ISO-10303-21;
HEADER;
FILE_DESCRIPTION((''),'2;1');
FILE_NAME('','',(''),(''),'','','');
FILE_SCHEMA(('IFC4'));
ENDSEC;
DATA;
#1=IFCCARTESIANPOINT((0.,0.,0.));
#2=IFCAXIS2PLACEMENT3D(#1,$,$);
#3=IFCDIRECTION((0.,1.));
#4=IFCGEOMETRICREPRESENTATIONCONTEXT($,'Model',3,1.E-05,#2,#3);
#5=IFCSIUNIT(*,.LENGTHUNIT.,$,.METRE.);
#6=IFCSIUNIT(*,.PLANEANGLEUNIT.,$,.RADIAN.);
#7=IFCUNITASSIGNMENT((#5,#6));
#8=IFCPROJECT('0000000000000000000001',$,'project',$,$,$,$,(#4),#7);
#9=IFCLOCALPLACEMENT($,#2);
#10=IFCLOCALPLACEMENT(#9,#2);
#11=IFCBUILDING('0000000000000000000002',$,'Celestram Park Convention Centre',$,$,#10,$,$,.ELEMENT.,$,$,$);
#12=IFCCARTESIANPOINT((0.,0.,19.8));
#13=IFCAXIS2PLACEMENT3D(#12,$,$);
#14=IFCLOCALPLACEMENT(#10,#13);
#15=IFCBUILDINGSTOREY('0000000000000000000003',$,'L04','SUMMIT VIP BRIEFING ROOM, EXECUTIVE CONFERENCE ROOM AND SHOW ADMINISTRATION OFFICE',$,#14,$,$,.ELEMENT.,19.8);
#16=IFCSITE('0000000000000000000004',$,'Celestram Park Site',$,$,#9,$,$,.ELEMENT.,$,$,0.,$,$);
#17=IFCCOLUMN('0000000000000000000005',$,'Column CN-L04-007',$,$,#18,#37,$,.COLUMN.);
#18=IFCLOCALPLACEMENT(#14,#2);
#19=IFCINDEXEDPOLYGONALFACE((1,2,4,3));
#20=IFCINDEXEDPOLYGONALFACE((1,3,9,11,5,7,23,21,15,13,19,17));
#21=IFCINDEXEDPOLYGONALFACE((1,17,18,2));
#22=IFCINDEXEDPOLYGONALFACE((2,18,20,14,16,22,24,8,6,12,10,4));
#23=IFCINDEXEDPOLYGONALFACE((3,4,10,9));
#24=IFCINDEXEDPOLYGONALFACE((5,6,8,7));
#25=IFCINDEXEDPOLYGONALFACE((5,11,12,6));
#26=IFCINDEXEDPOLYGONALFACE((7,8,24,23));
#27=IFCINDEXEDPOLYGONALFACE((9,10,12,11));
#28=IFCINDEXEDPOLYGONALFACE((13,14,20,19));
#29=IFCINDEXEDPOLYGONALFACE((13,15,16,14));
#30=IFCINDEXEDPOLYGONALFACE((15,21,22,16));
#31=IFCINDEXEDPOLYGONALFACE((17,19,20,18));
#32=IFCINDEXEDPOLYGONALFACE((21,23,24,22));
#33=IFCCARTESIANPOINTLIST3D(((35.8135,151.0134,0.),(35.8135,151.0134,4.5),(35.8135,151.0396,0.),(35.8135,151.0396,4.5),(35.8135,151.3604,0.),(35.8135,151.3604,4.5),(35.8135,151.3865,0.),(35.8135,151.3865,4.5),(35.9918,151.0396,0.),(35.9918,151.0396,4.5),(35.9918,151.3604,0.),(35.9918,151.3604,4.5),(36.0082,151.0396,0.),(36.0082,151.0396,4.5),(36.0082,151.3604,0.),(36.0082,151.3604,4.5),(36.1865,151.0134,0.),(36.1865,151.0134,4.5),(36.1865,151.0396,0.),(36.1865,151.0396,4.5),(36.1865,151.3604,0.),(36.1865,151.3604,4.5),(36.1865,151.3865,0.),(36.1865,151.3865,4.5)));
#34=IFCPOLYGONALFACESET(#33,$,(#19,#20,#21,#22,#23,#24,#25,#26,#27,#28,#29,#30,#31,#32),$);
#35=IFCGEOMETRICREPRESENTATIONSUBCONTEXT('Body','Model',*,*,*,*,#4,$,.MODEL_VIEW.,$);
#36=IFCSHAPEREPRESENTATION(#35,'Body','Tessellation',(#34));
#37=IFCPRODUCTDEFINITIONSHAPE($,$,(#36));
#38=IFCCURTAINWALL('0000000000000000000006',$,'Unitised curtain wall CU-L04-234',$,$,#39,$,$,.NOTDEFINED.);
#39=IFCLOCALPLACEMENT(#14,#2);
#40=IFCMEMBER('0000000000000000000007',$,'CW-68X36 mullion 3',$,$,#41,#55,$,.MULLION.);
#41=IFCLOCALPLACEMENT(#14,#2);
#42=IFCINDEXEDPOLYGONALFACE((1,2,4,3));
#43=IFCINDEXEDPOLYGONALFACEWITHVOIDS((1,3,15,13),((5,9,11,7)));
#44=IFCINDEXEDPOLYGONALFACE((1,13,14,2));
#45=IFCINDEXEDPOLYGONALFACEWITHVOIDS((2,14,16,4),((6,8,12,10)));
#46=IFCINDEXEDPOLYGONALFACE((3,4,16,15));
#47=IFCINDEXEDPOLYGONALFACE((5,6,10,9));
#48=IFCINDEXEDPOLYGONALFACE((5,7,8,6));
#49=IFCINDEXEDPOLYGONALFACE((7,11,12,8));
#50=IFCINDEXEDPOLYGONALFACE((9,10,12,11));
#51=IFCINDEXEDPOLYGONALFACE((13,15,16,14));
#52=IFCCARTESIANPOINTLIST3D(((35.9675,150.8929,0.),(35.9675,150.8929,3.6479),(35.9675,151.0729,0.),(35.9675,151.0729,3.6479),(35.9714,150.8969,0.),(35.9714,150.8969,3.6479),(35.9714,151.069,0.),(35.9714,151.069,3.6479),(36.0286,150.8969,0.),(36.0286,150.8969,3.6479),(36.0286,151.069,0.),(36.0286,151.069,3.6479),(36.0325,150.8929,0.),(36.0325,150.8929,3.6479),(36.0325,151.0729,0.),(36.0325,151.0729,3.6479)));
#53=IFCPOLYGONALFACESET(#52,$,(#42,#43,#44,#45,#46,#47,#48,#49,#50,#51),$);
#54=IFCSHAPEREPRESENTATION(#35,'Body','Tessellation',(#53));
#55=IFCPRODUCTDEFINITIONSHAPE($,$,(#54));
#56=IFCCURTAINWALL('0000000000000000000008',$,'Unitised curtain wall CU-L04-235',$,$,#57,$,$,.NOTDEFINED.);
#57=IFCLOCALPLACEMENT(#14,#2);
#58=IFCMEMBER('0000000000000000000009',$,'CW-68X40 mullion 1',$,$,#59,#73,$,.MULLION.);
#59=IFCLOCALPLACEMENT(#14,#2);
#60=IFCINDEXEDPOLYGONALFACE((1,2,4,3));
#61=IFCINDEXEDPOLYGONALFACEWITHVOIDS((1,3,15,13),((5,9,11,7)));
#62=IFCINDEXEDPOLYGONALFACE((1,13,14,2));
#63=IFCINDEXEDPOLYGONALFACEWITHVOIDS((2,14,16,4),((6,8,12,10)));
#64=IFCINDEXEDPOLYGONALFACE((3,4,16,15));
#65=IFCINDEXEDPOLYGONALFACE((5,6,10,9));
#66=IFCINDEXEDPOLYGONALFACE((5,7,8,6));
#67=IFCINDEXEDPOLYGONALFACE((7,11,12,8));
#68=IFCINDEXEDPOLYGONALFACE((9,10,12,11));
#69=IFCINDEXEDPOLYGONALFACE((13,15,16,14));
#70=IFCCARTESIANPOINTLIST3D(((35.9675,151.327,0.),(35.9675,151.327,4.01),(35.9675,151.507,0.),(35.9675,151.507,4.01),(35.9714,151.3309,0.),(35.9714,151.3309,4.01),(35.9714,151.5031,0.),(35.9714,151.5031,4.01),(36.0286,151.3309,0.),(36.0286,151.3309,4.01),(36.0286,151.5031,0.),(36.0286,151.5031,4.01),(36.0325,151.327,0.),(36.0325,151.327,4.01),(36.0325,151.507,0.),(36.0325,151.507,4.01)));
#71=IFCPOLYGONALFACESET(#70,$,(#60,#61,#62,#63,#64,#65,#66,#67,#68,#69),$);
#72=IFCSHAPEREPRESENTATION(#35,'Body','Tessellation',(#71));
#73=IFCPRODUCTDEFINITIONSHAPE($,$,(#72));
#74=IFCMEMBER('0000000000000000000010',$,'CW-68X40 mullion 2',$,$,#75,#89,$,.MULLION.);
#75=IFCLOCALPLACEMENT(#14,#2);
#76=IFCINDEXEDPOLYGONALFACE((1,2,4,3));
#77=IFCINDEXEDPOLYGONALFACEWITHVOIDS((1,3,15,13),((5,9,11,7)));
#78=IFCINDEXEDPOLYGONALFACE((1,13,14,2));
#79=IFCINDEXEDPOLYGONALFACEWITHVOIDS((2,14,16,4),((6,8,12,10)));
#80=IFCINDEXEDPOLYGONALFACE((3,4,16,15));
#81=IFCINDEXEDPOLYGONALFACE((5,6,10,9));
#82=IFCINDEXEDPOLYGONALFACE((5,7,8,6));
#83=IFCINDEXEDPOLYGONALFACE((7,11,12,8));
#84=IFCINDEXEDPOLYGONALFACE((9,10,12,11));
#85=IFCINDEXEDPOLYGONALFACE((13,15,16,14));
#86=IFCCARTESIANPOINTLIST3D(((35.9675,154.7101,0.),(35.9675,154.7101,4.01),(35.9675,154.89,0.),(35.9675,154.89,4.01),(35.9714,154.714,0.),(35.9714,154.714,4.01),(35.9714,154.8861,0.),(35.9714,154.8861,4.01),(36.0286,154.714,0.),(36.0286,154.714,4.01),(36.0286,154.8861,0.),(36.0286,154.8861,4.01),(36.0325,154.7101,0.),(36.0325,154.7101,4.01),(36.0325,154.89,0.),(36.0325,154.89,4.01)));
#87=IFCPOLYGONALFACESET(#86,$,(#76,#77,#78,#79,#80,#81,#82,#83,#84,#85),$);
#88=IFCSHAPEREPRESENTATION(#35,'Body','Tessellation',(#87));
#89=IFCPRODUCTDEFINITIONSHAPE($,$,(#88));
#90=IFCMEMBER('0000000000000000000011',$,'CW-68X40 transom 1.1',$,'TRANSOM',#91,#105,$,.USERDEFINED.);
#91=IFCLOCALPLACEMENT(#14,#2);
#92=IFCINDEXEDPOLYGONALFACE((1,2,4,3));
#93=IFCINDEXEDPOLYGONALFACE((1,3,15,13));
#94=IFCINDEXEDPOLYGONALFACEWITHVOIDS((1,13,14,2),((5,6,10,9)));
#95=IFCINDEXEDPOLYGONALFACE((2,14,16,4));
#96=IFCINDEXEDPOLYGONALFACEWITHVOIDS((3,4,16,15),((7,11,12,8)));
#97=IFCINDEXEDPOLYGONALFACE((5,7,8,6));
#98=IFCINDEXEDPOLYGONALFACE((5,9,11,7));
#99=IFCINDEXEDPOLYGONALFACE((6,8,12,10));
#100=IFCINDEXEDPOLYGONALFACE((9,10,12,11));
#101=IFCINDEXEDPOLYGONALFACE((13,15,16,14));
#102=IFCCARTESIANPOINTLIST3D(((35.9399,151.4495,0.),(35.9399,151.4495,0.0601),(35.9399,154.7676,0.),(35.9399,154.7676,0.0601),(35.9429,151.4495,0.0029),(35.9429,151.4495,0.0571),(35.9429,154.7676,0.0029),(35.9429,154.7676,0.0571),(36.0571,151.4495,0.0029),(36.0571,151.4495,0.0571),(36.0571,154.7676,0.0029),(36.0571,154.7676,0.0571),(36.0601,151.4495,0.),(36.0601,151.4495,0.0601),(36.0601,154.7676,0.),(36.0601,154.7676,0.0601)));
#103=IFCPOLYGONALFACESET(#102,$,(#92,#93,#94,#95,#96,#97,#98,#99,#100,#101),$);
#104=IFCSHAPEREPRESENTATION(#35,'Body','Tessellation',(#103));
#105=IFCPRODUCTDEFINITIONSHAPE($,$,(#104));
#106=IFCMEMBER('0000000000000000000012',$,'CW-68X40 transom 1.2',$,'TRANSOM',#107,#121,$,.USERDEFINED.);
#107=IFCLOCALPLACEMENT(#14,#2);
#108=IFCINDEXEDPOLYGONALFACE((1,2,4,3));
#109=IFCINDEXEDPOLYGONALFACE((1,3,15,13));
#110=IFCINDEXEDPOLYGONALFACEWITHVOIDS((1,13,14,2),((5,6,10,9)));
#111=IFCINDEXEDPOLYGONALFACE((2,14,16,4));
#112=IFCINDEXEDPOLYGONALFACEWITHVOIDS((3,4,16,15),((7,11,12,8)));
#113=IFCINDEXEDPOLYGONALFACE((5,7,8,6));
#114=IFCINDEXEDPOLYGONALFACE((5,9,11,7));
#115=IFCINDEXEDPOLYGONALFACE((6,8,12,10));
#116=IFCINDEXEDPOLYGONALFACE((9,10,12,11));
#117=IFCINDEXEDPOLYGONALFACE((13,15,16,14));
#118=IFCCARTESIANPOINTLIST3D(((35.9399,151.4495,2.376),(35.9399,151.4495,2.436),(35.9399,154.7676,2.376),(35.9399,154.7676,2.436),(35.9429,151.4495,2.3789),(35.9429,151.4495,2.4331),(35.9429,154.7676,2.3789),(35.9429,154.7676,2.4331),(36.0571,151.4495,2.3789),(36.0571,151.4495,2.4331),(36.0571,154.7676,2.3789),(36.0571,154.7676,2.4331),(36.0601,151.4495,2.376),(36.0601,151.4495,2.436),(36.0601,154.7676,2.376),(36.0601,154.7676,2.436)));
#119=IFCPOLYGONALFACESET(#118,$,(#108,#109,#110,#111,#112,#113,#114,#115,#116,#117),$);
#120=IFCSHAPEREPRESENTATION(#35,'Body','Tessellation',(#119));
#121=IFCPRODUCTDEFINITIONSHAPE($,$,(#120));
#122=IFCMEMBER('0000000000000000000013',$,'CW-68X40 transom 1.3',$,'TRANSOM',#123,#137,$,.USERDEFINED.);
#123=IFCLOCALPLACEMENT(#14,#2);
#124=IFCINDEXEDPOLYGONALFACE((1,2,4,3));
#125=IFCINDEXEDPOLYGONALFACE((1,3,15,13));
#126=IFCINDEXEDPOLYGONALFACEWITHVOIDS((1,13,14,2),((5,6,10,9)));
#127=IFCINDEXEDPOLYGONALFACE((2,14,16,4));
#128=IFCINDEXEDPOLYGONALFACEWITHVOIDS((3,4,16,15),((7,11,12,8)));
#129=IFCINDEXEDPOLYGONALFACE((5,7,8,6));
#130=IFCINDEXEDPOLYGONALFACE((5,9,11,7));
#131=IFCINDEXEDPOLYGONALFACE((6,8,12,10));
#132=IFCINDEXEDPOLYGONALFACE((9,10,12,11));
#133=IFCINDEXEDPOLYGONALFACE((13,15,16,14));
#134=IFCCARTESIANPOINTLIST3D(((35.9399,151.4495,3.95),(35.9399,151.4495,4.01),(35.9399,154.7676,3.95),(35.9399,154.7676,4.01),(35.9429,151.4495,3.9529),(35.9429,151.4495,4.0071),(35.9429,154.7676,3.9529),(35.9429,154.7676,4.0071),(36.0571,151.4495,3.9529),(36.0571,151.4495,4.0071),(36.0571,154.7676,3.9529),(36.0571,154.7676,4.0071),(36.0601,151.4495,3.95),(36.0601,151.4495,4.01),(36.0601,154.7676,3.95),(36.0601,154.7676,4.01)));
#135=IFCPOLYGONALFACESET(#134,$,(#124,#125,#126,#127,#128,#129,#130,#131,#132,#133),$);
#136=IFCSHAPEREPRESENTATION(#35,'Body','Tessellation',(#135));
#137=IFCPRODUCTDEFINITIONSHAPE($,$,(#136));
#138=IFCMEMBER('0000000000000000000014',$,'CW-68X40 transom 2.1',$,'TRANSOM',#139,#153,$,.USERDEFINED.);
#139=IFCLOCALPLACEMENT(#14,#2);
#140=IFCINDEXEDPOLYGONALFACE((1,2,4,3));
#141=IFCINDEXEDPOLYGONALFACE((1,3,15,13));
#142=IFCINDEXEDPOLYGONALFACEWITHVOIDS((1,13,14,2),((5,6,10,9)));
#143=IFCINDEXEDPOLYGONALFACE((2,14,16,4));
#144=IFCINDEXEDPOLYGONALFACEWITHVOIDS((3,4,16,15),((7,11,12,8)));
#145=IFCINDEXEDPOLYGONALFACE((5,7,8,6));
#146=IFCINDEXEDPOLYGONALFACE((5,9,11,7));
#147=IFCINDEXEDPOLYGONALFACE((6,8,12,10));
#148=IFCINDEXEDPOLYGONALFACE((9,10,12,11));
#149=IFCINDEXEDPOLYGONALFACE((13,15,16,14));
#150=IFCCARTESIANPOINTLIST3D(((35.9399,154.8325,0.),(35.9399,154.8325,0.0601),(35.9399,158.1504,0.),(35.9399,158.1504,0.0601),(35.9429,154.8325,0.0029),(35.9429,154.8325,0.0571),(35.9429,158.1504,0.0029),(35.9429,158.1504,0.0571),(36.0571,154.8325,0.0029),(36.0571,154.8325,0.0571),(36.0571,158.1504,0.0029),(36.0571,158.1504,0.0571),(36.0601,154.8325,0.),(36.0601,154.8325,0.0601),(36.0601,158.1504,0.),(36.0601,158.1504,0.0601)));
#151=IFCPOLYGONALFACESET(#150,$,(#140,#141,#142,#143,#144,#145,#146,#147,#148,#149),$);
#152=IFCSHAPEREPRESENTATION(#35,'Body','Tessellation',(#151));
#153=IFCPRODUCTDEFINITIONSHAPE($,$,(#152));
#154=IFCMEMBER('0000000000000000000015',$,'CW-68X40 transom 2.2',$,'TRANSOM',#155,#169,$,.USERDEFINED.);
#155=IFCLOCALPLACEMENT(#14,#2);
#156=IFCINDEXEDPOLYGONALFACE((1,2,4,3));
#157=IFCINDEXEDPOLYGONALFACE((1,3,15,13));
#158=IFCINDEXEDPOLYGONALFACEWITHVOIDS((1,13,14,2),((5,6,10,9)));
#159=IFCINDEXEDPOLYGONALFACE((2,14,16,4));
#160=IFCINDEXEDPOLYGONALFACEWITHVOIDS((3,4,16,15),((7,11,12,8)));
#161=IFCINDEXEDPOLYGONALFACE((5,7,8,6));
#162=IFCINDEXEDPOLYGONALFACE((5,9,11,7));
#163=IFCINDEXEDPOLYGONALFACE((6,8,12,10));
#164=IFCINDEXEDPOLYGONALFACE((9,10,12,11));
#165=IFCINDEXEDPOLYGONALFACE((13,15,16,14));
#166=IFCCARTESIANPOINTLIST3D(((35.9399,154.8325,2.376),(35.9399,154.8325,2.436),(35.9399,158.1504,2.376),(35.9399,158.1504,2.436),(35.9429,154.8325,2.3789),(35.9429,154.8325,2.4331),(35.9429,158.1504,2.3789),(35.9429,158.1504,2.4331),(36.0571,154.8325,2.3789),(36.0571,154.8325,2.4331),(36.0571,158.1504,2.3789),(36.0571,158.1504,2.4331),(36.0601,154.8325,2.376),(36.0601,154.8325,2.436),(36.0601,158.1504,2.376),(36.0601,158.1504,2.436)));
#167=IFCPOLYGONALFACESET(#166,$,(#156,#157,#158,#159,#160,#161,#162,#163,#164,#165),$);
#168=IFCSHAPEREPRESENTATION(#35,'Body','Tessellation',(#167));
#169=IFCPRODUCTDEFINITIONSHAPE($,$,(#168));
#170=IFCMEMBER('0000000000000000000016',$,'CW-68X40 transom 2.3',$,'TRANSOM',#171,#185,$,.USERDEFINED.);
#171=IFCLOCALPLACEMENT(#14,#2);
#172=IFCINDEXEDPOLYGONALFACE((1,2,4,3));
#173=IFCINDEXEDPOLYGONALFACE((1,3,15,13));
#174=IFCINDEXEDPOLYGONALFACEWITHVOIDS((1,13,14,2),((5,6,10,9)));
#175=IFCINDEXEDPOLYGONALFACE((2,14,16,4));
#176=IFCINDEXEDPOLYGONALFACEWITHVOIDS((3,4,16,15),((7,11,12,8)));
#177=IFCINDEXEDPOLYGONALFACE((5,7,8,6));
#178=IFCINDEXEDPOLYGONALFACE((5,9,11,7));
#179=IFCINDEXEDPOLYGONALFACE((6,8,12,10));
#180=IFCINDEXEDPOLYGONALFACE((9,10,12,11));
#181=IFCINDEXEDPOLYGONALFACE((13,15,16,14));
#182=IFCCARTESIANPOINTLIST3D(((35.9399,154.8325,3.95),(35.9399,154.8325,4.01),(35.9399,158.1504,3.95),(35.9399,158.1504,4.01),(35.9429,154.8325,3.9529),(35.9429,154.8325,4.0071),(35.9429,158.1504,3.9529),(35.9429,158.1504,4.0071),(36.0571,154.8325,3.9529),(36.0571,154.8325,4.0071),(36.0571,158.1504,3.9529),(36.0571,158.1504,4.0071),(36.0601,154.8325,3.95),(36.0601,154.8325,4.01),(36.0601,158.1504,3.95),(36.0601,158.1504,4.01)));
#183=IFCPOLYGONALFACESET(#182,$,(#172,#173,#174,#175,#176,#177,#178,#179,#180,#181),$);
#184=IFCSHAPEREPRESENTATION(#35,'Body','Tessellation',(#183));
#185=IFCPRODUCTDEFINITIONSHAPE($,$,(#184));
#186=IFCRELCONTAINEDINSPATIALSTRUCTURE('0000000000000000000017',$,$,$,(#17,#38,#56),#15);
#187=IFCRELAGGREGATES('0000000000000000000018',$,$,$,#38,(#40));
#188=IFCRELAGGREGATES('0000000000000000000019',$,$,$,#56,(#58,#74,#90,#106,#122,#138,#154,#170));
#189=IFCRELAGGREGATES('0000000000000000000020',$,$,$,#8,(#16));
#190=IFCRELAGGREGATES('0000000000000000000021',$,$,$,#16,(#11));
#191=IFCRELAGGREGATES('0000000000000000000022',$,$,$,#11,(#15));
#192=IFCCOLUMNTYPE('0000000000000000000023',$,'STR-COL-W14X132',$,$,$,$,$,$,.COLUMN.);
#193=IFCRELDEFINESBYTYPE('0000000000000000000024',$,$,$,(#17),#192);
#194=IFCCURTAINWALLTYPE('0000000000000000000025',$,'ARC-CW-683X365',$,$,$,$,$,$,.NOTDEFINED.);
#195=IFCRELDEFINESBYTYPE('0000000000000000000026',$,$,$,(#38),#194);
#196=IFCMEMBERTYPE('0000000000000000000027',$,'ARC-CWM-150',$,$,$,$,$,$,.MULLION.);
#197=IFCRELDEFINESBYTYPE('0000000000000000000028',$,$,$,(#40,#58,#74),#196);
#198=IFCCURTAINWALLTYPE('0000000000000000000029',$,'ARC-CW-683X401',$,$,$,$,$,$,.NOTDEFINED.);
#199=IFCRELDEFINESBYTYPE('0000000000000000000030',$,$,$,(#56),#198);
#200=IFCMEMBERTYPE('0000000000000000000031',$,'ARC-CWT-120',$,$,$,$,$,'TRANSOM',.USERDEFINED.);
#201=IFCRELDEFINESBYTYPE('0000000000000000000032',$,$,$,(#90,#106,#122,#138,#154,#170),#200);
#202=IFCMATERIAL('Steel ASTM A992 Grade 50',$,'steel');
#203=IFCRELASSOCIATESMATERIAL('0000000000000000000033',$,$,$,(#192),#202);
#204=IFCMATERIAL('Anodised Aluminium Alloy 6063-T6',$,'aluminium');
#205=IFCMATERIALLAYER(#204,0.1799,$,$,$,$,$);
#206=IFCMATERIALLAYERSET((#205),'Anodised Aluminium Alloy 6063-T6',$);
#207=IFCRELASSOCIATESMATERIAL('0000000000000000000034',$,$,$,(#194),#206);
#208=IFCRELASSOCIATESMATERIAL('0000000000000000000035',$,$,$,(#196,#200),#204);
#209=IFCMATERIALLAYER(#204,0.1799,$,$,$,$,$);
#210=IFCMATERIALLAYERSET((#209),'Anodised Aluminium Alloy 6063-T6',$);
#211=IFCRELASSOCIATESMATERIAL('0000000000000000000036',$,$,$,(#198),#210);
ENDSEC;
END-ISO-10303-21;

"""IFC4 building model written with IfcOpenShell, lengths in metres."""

from ifc_helpers import new_model, si_unit, direction, frame, origin, origin_2d, place, context, subcontext, project, spatial, hollow_rectangle, i_section, extrude, material, layer, layer_set, material_profile, profile_set, type_object, element, aggregate, save


model = new_model("IFC4")

# Units and contexts
model_context = context("Model", 3, precision=1e-05, world=origin(), true_north=direction((0.0, 1.0)))
body_context = subcontext(model_context, "Body", "Model", "MODEL_VIEW")
ifc_project = project(units=[si_unit("LENGTHUNIT", "METRE"), si_unit("PLANEANGLEUNIT", "RADIAN")], contexts=[model_context])

# Site, building, storey
site_placement = place(None, origin())
site = spatial("IfcSite", under=ifc_project, at=site_placement, Name="Celestram Park Site", CompositionType="ELEMENT", RefElevation=0.0)
building_placement = place(site_placement, origin())
building = spatial("IfcBuilding", under=site, at=building_placement, Name="Celestram Park Convention Centre", CompositionType="ELEMENT")
storey_placement = place(building_placement, frame((0.0, 0.0, 19.8)))
storey = spatial("IfcBuildingStorey", under=building, at=storey_placement, Name="L04", Description="SUMMIT VIP BRIEFING ROOM, EXECUTIVE CONFERENCE ROOM AND SHOW ADMINISTRATION OFFICE", CompositionType="ELEMENT", Elevation=19.8)

# Column
ifc_material_1 = material(Name="Steel ASTM A992 Grade 50", Category="steel")
ifc_material_profile_1 = material_profile(ifc_material_1, i_section(OverallWidth=0.373, OverallDepth=0.373, WebThickness=0.0164, FlangeThickness=0.0261, at=origin_2d()), Name="W14X132")
ifc_profile_set_1 = profile_set([ifc_material_profile_1], Name="Steel ASTM A992 Grade 50")
column_type = type_object("IfcColumnType", Name="STR-COL-W14X132", PredefinedType="COLUMN", material=ifc_profile_set_1)
column_placement = place(storey_placement, frame((36.0, 151.2, 0.0), z_axis=(0.0, 0.0, 1.0), x_axis=(1.0, 0.0, 0.0)))
element("IfcColumn", 1, at=column_placement, inside=storey, type_object=column_type, Name="Column CN-L04-007", PredefinedType="COLUMN", context=body_context, shape_type="SweptSolid", body=[
    extrude(i_section(OverallWidth=0.373, OverallDepth=0.373, WebThickness=0.0164, FlangeThickness=0.0261, at=origin_2d()), origin(), (0.0, 0.0, 1.0), 4.5),
])

# Curtain wall, member
ifc_material_2 = material(Name="Anodised Aluminium Alloy 6063-T6", Category="aluminium")
ifc_layer_1 = layer(ifc_material_2, 0.1799)
ifc_layer_set_1 = layer_set([ifc_layer_1], Name="Anodised Aluminium Alloy 6063-T6")
curtain_wall_type_1 = type_object("IfcCurtainWallType", Name="ARC-CW-683X365", PredefinedType="NOTDEFINED", material=ifc_layer_set_1)
curtain_wall_1_placement = place(storey_placement, origin())
curtain_wall_1 = element("IfcCurtainWall", 2, at=curtain_wall_1_placement, inside=storey, type_object=curtain_wall_type_1, Name="Unitised curtain wall CU-L04-234", PredefinedType="NOTDEFINED")
ifc_material_profile_2 = material_profile(ifc_material_2, hollow_rectangle(XDim=0.0649, YDim=0.1799, WallThickness=0.0039, at=origin_2d()), Name="ALU65X180X4")
ifc_profile_set_2 = profile_set([ifc_material_profile_2], Name="Anodised Aluminium Alloy 6063-T6")
member_type_1 = type_object("IfcMemberType", Name="ARC-CWM-150", PredefinedType="MULLION", material=ifc_profile_set_2)
member_1_placement = place(storey_placement, frame((36.0, 150.9829, 0.0), z_axis=(0.0, 0.0, 1.0), x_axis=(-1.0, 0.0, 0.0)))
member_1 = element("IfcMember", 3, at=member_1_placement, type_object=member_type_1, Name="CW-68X36 mullion 3", PredefinedType="MULLION", context=body_context, shape_type="SweptSolid", body=[
    extrude(hollow_rectangle(XDim=0.0649, YDim=0.1799, WallThickness=0.0039, at=origin_2d()), origin(), (0.0, 0.0, 1.0), 3.6479),
])

# Curtain wall, members
ifc_layer_2 = layer(ifc_material_2, 0.1799)
ifc_layer_set_2 = layer_set([ifc_layer_2], Name="Anodised Aluminium Alloy 6063-T6")
curtain_wall_type_2 = type_object("IfcCurtainWallType", Name="ARC-CW-683X401", PredefinedType="NOTDEFINED", material=ifc_layer_set_2)
curtain_wall_2_placement = place(storey_placement, origin())
curtain_wall_2 = element("IfcCurtainWall", 4, at=curtain_wall_2_placement, inside=storey, type_object=curtain_wall_type_2, Name="Unitised curtain wall CU-L04-235", PredefinedType="NOTDEFINED")
member_2_placement = place(storey_placement, frame((36.0, 151.417, 0.0), z_axis=(0.0, 0.0, 1.0), x_axis=(-1.0, 0.0, 0.0)))
member_2 = element("IfcMember", 5, at=member_2_placement, type_object=member_type_1, Name="CW-68X40 mullion 1", PredefinedType="MULLION", context=body_context, shape_type="SweptSolid", body=[
    extrude(hollow_rectangle(XDim=0.0649, YDim=0.1799, WallThickness=0.0039, at=origin_2d()), origin(), (0.0, 0.0, 1.0), 4.01),
])
member_3_placement = place(storey_placement, frame((36.0, 154.8, 0.0), z_axis=(0.0, 0.0, 1.0), x_axis=(-1.0, 0.0, 0.0)))
member_3 = element("IfcMember", 6, at=member_3_placement, type_object=member_type_1, Name="CW-68X40 mullion 2", PredefinedType="MULLION", context=body_context, shape_type="SweptSolid", body=[
    extrude(hollow_rectangle(XDim=0.0649, YDim=0.1799, WallThickness=0.0039, at=origin_2d()), origin(), (0.0, 0.0, 1.0), 4.01),
])
ifc_material_profile_3 = material_profile(ifc_material_2, hollow_rectangle(XDim=0.1201, YDim=0.0601, WallThickness=0.0029, at=origin_2d()), Name="ALU120X60X3")
ifc_profile_set_3 = profile_set([ifc_material_profile_3], Name="Anodised Aluminium Alloy 6063-T6")
member_type_2 = type_object("IfcMemberType", Name="ARC-CWT-120", ElementType="TRANSOM", PredefinedType="USERDEFINED", material=ifc_profile_set_3)
member_4_placement = place(storey_placement, frame((36.0, 151.4495, 0.03), z_axis=(0.0, 1.0, 0.0), x_axis=(-1.0, 0.0, 0.0)))
member_4 = element("IfcMember", 7, at=member_4_placement, type_object=member_type_2, Name="CW-68X40 transom 1.1", ObjectType="TRANSOM", PredefinedType="USERDEFINED", context=body_context, shape_type="SweptSolid", body=[
    extrude(hollow_rectangle(XDim=0.1201, YDim=0.0601, WallThickness=0.0029, at=origin_2d()), origin(), (0.0, 0.0, 1.0), 3.3181),
])
member_5_placement = place(storey_placement, frame((36.0, 151.4495, 2.406), z_axis=(0.0, 1.0, 0.0), x_axis=(-1.0, 0.0, 0.0)))
member_5 = element("IfcMember", 8, at=member_5_placement, type_object=member_type_2, Name="CW-68X40 transom 1.2", ObjectType="TRANSOM", PredefinedType="USERDEFINED", context=body_context, shape_type="SweptSolid", body=[
    extrude(hollow_rectangle(XDim=0.1201, YDim=0.0601, WallThickness=0.0029, at=origin_2d()), origin(), (0.0, 0.0, 1.0), 3.3181),
])
member_6_placement = place(storey_placement, frame((36.0, 151.4495, 3.98), z_axis=(0.0, 1.0, 0.0), x_axis=(-1.0, 0.0, 0.0)))
member_6 = element("IfcMember", 9, at=member_6_placement, type_object=member_type_2, Name="CW-68X40 transom 1.3", ObjectType="TRANSOM", PredefinedType="USERDEFINED", context=body_context, shape_type="SweptSolid", body=[
    extrude(hollow_rectangle(XDim=0.1201, YDim=0.0601, WallThickness=0.0029, at=origin_2d()), origin(), (0.0, 0.0, 1.0), 3.3181),
])
member_7_placement = place(storey_placement, frame((36.0, 154.8325, 0.03), z_axis=(0.0, 1.0, 0.0), x_axis=(-1.0, 0.0, 0.0)))
member_7 = element("IfcMember", 10, at=member_7_placement, type_object=member_type_2, Name="CW-68X40 transom 2.1", ObjectType="TRANSOM", PredefinedType="USERDEFINED", context=body_context, shape_type="SweptSolid", body=[
    extrude(hollow_rectangle(XDim=0.1201, YDim=0.0601, WallThickness=0.0029, at=origin_2d()), origin(), (0.0, 0.0, 1.0), 3.3179),
])
member_8_placement = place(storey_placement, frame((36.0, 154.8325, 2.406), z_axis=(0.0, 1.0, 0.0), x_axis=(-1.0, 0.0, 0.0)))
member_8 = element("IfcMember", 11, at=member_8_placement, type_object=member_type_2, Name="CW-68X40 transom 2.2", ObjectType="TRANSOM", PredefinedType="USERDEFINED", context=body_context, shape_type="SweptSolid", body=[
    extrude(hollow_rectangle(XDim=0.1201, YDim=0.0601, WallThickness=0.0029, at=origin_2d()), origin(), (0.0, 0.0, 1.0), 3.3179),
])
member_9_placement = place(storey_placement, frame((36.0, 154.8325, 3.98), z_axis=(0.0, 1.0, 0.0), x_axis=(-1.0, 0.0, 0.0)))
member_9 = element("IfcMember", 12, at=member_9_placement, type_object=member_type_2, Name="CW-68X40 transom 2.3", ObjectType="TRANSOM", PredefinedType="USERDEFINED", context=body_context, shape_type="SweptSolid", body=[
    extrude(hollow_rectangle(XDim=0.1201, YDim=0.0601, WallThickness=0.0029, at=origin_2d()), origin(), (0.0, 0.0, 1.0), 3.3179),
])

aggregate(curtain_wall_1, [member_1])
aggregate(curtain_wall_2, [member_2, member_3, member_4, member_5, member_6, member_7, member_8, member_9])

save(model, "model.ifc")
